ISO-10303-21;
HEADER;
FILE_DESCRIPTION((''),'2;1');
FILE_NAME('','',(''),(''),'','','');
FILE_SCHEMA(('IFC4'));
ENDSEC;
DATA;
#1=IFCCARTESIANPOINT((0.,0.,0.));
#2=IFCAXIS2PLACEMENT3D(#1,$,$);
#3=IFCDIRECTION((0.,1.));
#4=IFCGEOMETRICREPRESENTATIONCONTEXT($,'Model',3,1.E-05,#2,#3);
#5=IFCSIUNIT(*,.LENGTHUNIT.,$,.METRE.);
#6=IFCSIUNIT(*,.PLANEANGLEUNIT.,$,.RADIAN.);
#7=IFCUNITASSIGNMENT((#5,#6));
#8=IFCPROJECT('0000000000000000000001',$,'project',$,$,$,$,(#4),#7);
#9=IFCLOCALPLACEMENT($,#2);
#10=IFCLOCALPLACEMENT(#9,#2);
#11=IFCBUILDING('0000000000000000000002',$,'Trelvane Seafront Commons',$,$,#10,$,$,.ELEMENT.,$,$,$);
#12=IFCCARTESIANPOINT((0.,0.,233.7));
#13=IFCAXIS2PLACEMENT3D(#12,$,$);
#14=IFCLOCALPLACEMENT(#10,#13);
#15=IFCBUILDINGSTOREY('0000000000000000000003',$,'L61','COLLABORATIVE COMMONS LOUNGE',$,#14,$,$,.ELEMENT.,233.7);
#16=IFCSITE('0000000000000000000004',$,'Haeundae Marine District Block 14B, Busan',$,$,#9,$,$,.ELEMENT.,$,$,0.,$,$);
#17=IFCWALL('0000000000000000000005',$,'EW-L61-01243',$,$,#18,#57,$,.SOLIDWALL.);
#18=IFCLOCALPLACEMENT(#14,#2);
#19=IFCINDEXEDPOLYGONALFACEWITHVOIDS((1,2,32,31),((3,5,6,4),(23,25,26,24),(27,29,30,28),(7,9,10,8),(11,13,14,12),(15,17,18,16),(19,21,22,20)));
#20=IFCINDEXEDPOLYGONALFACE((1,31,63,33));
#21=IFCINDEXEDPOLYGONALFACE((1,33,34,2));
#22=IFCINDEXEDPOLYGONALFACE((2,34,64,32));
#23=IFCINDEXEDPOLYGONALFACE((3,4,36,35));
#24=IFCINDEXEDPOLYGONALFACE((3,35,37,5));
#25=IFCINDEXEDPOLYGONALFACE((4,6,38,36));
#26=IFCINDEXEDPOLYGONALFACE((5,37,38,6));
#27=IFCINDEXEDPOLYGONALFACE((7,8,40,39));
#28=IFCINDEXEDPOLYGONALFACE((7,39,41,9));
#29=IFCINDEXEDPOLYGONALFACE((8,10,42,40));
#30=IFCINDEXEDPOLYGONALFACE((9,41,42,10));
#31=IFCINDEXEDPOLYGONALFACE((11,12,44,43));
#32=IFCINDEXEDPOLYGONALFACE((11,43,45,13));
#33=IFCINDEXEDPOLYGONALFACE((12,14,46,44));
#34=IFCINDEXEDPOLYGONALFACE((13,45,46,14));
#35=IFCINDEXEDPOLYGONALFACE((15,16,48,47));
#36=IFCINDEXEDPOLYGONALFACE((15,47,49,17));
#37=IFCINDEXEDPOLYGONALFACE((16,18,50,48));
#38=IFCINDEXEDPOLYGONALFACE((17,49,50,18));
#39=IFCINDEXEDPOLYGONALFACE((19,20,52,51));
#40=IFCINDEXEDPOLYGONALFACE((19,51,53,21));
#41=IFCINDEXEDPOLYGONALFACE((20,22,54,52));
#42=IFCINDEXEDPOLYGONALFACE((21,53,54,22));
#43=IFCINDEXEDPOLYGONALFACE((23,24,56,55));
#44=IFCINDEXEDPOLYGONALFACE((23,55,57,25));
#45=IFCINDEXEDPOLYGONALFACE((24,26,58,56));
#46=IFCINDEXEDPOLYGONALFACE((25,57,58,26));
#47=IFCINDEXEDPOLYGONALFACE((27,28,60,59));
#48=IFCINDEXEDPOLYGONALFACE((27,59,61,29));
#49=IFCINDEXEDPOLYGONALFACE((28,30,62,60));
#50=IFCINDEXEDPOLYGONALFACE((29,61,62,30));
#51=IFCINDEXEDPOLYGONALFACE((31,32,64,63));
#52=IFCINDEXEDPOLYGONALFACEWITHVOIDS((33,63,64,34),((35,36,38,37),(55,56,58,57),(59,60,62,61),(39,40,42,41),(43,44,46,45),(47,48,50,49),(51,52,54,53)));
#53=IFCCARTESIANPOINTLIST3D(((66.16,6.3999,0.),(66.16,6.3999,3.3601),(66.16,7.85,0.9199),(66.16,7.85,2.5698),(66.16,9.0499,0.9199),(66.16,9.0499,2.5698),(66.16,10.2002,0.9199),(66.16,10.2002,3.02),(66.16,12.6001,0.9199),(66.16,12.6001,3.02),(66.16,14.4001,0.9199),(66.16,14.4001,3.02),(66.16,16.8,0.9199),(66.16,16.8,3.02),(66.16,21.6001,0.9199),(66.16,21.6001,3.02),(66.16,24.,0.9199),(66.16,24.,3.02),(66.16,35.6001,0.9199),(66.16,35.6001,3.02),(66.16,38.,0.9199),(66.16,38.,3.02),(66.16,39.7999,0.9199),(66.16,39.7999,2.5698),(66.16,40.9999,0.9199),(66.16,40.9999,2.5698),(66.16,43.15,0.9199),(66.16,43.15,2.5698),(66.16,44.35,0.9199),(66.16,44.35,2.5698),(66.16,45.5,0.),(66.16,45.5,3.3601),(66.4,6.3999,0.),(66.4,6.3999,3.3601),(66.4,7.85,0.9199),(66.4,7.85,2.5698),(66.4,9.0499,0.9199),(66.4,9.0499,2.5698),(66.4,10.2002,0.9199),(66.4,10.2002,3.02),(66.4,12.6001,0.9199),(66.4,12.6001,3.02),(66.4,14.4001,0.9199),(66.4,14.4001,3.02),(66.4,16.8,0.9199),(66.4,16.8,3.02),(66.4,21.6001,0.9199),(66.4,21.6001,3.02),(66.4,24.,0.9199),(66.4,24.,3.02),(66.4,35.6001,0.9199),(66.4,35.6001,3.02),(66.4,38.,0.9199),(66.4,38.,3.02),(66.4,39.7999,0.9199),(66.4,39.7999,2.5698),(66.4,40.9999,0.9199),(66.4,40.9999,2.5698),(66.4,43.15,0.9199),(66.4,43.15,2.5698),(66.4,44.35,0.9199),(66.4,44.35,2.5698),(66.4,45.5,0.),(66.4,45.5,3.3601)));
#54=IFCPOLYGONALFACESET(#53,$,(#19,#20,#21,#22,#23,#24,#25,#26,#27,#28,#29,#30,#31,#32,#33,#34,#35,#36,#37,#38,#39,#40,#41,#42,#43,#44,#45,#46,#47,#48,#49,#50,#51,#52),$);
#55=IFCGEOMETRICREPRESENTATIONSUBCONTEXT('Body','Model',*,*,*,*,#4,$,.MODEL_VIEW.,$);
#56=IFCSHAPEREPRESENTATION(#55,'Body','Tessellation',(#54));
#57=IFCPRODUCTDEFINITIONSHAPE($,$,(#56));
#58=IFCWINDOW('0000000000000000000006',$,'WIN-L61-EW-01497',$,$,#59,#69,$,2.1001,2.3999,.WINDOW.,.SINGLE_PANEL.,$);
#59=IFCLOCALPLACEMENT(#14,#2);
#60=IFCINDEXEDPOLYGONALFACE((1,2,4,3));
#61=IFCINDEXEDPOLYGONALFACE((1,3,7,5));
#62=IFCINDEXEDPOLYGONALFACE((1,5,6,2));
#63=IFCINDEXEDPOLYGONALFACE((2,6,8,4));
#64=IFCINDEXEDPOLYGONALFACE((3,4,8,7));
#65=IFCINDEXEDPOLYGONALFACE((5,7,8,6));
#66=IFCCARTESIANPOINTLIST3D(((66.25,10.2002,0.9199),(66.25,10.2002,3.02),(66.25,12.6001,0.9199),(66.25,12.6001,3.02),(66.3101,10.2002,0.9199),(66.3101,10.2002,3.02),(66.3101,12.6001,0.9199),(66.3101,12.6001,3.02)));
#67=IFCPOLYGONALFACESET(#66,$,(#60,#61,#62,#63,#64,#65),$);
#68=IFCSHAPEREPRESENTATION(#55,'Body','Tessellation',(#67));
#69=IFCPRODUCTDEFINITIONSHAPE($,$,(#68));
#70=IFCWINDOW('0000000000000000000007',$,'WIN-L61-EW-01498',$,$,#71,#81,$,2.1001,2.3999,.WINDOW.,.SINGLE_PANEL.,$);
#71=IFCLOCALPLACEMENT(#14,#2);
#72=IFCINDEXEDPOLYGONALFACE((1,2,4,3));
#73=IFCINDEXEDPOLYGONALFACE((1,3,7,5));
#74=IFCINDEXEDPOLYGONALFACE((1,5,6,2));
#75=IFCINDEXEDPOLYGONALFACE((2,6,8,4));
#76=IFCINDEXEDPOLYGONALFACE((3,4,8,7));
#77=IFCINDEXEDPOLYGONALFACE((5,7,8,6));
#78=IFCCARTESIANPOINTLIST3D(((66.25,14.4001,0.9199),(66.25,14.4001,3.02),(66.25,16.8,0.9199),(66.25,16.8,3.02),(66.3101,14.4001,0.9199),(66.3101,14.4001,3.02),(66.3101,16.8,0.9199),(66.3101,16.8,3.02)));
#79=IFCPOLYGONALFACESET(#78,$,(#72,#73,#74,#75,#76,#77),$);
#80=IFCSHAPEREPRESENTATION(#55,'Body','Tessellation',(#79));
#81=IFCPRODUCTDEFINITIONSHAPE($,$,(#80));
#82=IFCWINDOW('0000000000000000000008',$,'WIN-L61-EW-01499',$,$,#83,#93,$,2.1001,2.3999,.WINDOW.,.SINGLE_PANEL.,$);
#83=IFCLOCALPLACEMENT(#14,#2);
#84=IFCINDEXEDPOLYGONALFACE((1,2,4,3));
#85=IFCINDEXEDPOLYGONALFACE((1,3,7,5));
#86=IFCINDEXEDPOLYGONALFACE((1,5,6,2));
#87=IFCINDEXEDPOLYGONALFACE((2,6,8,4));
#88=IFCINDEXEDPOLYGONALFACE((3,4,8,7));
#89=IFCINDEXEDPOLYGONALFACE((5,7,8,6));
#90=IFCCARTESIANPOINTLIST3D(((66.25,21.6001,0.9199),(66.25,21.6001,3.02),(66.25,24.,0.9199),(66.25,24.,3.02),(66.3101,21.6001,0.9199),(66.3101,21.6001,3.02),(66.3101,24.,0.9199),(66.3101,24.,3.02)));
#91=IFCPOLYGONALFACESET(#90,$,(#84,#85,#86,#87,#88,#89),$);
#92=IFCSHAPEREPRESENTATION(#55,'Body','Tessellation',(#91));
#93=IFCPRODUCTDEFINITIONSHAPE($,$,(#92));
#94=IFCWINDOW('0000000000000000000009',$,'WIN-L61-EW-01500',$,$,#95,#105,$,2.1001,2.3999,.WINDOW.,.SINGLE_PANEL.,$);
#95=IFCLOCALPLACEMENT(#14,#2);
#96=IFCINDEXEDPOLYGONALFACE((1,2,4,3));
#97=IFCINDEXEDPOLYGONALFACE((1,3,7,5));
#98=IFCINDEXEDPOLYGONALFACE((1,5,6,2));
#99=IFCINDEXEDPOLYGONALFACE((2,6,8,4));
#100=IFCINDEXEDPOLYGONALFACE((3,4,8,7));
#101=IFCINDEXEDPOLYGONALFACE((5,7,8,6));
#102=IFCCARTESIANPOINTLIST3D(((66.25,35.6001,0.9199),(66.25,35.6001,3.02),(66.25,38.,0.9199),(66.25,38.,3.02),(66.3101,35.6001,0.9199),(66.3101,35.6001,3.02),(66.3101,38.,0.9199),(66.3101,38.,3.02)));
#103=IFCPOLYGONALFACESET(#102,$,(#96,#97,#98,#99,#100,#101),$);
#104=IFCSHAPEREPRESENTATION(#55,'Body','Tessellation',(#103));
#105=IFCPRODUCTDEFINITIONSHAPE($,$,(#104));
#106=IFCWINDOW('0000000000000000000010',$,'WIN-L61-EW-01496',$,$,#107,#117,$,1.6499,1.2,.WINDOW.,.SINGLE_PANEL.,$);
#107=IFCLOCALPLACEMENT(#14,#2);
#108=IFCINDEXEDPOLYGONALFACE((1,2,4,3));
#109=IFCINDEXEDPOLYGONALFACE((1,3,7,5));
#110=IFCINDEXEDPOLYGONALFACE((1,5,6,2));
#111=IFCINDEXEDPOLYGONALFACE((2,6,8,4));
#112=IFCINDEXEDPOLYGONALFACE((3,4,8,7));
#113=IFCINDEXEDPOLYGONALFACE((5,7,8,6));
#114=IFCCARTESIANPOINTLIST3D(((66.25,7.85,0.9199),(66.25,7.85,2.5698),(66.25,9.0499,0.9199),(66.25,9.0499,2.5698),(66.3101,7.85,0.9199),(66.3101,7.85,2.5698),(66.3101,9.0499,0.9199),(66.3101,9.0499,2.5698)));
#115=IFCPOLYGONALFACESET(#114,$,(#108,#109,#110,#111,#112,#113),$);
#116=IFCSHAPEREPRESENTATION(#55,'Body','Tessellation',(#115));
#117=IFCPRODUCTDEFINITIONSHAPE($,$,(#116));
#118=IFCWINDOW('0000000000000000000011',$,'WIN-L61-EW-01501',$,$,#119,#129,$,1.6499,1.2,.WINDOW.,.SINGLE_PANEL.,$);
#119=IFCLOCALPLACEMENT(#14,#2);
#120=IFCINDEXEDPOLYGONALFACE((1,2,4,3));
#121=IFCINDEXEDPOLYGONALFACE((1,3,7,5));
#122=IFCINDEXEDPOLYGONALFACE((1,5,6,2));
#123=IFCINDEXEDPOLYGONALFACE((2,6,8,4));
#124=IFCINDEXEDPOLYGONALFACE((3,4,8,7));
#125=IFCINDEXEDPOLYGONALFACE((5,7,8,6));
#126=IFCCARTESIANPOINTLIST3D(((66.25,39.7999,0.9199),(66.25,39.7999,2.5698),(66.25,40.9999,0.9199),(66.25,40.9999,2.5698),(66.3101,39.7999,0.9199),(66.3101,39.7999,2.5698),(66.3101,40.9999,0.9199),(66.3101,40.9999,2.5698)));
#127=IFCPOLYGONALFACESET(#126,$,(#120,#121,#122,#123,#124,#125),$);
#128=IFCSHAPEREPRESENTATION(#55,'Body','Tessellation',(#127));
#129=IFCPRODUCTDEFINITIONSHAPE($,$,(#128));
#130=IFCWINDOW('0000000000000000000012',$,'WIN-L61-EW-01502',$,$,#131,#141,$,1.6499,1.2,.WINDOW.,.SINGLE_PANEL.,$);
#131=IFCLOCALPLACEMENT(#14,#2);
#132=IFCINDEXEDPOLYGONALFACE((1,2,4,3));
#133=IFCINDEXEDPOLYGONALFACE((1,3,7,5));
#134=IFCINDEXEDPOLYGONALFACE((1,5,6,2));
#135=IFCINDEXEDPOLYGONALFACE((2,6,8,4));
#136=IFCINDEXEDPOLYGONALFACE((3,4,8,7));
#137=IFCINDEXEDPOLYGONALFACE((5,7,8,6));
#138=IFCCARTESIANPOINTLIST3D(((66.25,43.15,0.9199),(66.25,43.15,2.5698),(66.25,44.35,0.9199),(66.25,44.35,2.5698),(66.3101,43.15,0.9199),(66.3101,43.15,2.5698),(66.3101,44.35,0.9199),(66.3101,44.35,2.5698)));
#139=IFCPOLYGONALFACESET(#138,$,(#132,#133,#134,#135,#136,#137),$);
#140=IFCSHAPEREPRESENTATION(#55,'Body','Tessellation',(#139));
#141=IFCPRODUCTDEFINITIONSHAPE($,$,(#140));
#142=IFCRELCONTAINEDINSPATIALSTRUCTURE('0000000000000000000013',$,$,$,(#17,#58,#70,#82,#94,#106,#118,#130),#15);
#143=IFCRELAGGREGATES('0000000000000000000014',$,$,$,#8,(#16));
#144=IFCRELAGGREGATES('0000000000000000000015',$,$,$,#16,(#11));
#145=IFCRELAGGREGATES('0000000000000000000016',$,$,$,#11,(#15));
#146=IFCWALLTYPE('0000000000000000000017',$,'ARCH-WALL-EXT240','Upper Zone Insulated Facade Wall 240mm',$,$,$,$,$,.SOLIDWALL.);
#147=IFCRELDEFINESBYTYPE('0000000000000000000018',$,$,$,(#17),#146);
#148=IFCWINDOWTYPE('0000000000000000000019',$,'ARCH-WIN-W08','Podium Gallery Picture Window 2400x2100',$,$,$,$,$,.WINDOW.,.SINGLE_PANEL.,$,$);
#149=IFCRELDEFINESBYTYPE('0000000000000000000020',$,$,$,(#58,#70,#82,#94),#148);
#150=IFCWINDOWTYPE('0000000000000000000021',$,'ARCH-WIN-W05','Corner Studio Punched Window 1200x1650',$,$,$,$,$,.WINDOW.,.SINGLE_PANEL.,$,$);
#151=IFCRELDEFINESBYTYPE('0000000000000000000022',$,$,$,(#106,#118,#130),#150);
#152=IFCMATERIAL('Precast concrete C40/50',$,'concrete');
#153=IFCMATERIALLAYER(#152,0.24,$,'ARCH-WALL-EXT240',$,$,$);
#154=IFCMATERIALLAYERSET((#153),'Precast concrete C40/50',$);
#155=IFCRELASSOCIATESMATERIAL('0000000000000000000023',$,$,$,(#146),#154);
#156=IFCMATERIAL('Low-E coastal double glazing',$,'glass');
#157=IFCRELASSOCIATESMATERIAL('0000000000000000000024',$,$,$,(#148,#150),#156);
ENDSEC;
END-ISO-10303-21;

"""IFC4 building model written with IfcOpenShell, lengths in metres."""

from ifc_helpers import new_model, si_unit, direction, frame, frame_2d, origin, place, context, subcontext, project, spatial, rectangle, extrude, source, transform, mapped, material, layer, layer_set, type_object, element, fill, save


model = new_model("IFC4")

# Units and contexts
model_context = context("Model", 3, precision=1e-05, world=origin(), true_north=direction((0.0, 1.0)))
body_context = subcontext(model_context, "Body", "Model", "MODEL_VIEW")
ifc_project = project(units=[si_unit("LENGTHUNIT", "METRE"), si_unit("PLANEANGLEUNIT", "RADIAN")], contexts=[model_context])

# Site, building, storey
site_placement = place(None, origin())
site = spatial("IfcSite", under=ifc_project, at=site_placement, Name="Haeundae Marine District Block 14B, Busan", CompositionType="ELEMENT", RefElevation=0.0)
building_placement = place(site_placement, origin())
building = spatial("IfcBuilding", under=site, at=building_placement, Name="Trelvane Seafront Commons", CompositionType="ELEMENT")
storey_placement = place(building_placement, frame((0.0, 0.0, 233.7)))
storey = spatial("IfcBuildingStorey", under=building, at=storey_placement, Name="L61", Description="COLLABORATIVE COMMONS LOUNGE", CompositionType="ELEMENT", Elevation=233.7)

# Shared definitions
ifc_material_1 = material(Name="Low-E coastal double glazing", Category="glass")

# Shared definitions
ifc_material_2 = material(Name="Precast concrete C40/50", Category="concrete")
ifc_layer_1 = layer(ifc_material_2, 0.24, Name="ARCH-WALL-EXT240")
ifc_layer_set_1 = layer_set([ifc_layer_1], Name="Precast concrete C40/50")
wall_type = type_object("IfcWallType", Name="ARCH-WALL-EXT240", Description="Upper Zone Insulated Facade Wall 240mm", PredefinedType="SOLIDWALL", material=ifc_layer_set_1)

# Wall, openings, windows
wall_1_placement = place(storey_placement, frame((66.28, 45.5, 0.0), z_axis=(0.0, 0.0, 1.0), x_axis=(0.0, -1.0, 0.0)))
wall_1 = element("IfcWall", 1, at=wall_1_placement, inside=storey, type_object=wall_type, Name="EW-L61-01243", PredefinedType="SOLIDWALL", context=body_context, shape_type="SweptSolid", body=[
    extrude(rectangle(XDim=39.1001, YDim=0.24, at=frame_2d((19.55, 0.0))), origin(), (0.0, 0.0, 1.0), 3.3601),
])
opening_1_placement = place(wall_1_placement, frame((36.45, 0.0, 0.9199)))
opening_1 = element("IfcOpeningElement", 2, at=opening_1_placement, cuts=wall_1, PredefinedType="OPENING", context=body_context, shape_type="SweptSolid", body=[
    extrude(rectangle(XDim=1.2, YDim=1.6499, at=frame_2d((0.6001, 0.825))), frame((0.0, 0.1299, 0.0), z_axis=(0.0, -1.0, 0.0), x_axis=(1.0, 0.0, 0.0)), (0.0, 0.0, 1.0), 0.26),
])
opening_2_placement = place(wall_1_placement, frame((32.8999, 0.0, 0.9199)))
opening_2 = element("IfcOpeningElement", 3, at=opening_2_placement, cuts=wall_1, PredefinedType="OPENING", context=body_context, shape_type="SweptSolid", body=[
    extrude(rectangle(XDim=2.3999, YDim=2.1001, at=frame_2d((1.2, 1.05))), frame((0.0, 0.1299, 0.0), z_axis=(0.0, -1.0, 0.0), x_axis=(1.0, 0.0, 0.0)), (0.0, 0.0, 1.0), 0.26),
])
opening_3_placement = place(wall_1_placement, frame((28.7, 0.0, 0.9199)))
opening_3 = element("IfcOpeningElement", 4, at=opening_3_placement, cuts=wall_1, PredefinedType="OPENING", context=body_context, shape_type="SweptSolid", body=[
    extrude(rectangle(XDim=2.3999, YDim=2.1001, at=frame_2d((1.2, 1.05))), frame((0.0, 0.1299, 0.0), z_axis=(0.0, -1.0, 0.0), x_axis=(1.0, 0.0, 0.0)), (0.0, 0.0, 1.0), 0.26),
])
opening_4_placement = place(wall_1_placement, frame((21.5, 0.0, 0.9199)))
opening_4 = element("IfcOpeningElement", 5, at=opening_4_placement, cuts=wall_1, PredefinedType="OPENING", context=body_context, shape_type="SweptSolid", body=[
    extrude(rectangle(XDim=2.3999, YDim=2.1001, at=frame_2d((1.2, 1.05))), frame((0.0, 0.1299, 0.0), z_axis=(0.0, -1.0, 0.0), x_axis=(1.0, 0.0, 0.0)), (0.0, 0.0, 1.0), 0.26),
])
opening_5_placement = place(wall_1_placement, frame((7.5, 0.0, 0.9199)))
opening_5 = element("IfcOpeningElement", 6, at=opening_5_placement, cuts=wall_1, PredefinedType="OPENING", context=body_context, shape_type="SweptSolid", body=[
    extrude(rectangle(XDim=2.3999, YDim=2.1001, at=frame_2d((1.2, 1.05))), frame((0.0, 0.1299, 0.0), z_axis=(0.0, -1.0, 0.0), x_axis=(1.0, 0.0, 0.0)), (0.0, 0.0, 1.0), 0.26),
])
opening_6_placement = place(wall_1_placement, frame((4.5, 0.0, 0.9199)))
opening_6 = element("IfcOpeningElement", 7, at=opening_6_placement, cuts=wall_1, PredefinedType="OPENING", context=body_context, shape_type="SweptSolid", body=[
    extrude(rectangle(XDim=1.2, YDim=1.6499, at=frame_2d((0.6001, 0.825))), frame((0.0, 0.1299, 0.0), z_axis=(0.0, -1.0, 0.0), x_axis=(1.0, 0.0, 0.0)), (0.0, 0.0, 1.0), 0.26),
])
opening_7_placement = place(wall_1_placement, frame((1.1499, 0.0, 0.9199)))
opening_7 = element("IfcOpeningElement", 8, at=opening_7_placement, cuts=wall_1, PredefinedType="OPENING", context=body_context, shape_type="SweptSolid", body=[
    extrude(rectangle(XDim=1.2, YDim=1.6499, at=frame_2d((0.6001, 0.825))), frame((0.0, 0.1299, 0.0), z_axis=(0.0, -1.0, 0.0), x_axis=(1.0, 0.0, 0.0)), (0.0, 0.0, 1.0), 0.26),
])
window_type_1 = type_object("IfcWindowType", Name="ARCH-WIN-W08", Description="Podium Gallery Picture Window 2400x2100", PartitioningType="SINGLE_PANEL", PredefinedType="WINDOW", material=ifc_material_1)
shared_shape_1 = source(origin(), body_context, "Body", "SweptSolid", [
    extrude(rectangle(XDim=2.3999, YDim=2.1001, at=frame_2d((1.2, 1.05))), frame((0.0, 0.03, 0.0), z_axis=(0.0, -1.0, 0.0), x_axis=(1.0, 0.0, 0.0)), (0.0, 0.0, 1.0), 0.0601),
])
window_1_placement = place(opening_2_placement, origin())
window_1 = element("IfcWindow", 9, at=window_1_placement, inside=storey, type_object=window_type_1, Name="WIN-L61-EW-01497", OverallHeight=2.1001, OverallWidth=2.3999, PartitioningType="SINGLE_PANEL", PredefinedType="WINDOW", context=body_context, shape_type="MappedRepresentation", body=[
    mapped(shared_shape_1, transform((0.0, 0.0, 0.0), x_axis=(1.0, 0.0, 0.0), y_axis=(0.0, 1.0, 0.0), z_axis=(0.0, 0.0, 1.0), scale=1.0)),
])
fill(opening_2, window_1)
window_2_placement = place(opening_3_placement, origin())
window_2 = element("IfcWindow", 10, at=window_2_placement, inside=storey, type_object=window_type_1, Name="WIN-L61-EW-01498", OverallHeight=2.1001, OverallWidth=2.3999, PartitioningType="SINGLE_PANEL", PredefinedType="WINDOW", context=body_context, shape_type="MappedRepresentation", body=[
    mapped(shared_shape_1, transform((0.0, 0.0, 0.0), x_axis=(1.0, 0.0, 0.0), y_axis=(0.0, 1.0, 0.0), z_axis=(0.0, 0.0, 1.0), scale=1.0)),
])
fill(opening_3, window_2)
window_3_placement = place(opening_4_placement, origin())
window_3 = element("IfcWindow", 11, at=window_3_placement, inside=storey, type_object=window_type_1, Name="WIN-L61-EW-01499", OverallHeight=2.1001, OverallWidth=2.3999, PartitioningType="SINGLE_PANEL", PredefinedType="WINDOW", context=body_context, shape_type="MappedRepresentation", body=[
    mapped(shared_shape_1, transform((0.0, 0.0, 0.0), x_axis=(1.0, 0.0, 0.0), y_axis=(0.0, 1.0, 0.0), z_axis=(0.0, 0.0, 1.0), scale=1.0)),
])
fill(opening_4, window_3)
window_4_placement = place(opening_5_placement, origin())
window_4 = element("IfcWindow", 12, at=window_4_placement, inside=storey, type_object=window_type_1, Name="WIN-L61-EW-01500", OverallHeight=2.1001, OverallWidth=2.3999, PartitioningType="SINGLE_PANEL", PredefinedType="WINDOW", context=body_context, shape_type="MappedRepresentation", body=[
    mapped(shared_shape_1, transform((0.0, 0.0, 0.0), x_axis=(1.0, 0.0, 0.0), y_axis=(0.0, 1.0, 0.0), z_axis=(0.0, 0.0, 1.0), scale=1.0)),
])
fill(opening_5, window_4)
window_type_2 = type_object("IfcWindowType", Name="ARCH-WIN-W05", Description="Corner Studio Punched Window 1200x1650", PartitioningType="SINGLE_PANEL", PredefinedType="WINDOW", material=ifc_material_1)
shared_shape_2 = source(origin(), body_context, "Body", "SweptSolid", [
    extrude(rectangle(XDim=1.2, YDim=1.6499, at=frame_2d((0.6001, 0.825))), frame((0.0, 0.03, 0.0), z_axis=(0.0, -1.0, 0.0), x_axis=(1.0, 0.0, 0.0)), (0.0, 0.0, 1.0), 0.0601),
])
window_5_placement = place(opening_1_placement, origin())
window_5 = element("IfcWindow", 13, at=window_5_placement, inside=storey, type_object=window_type_2, Name="WIN-L61-EW-01496", OverallHeight=1.6499, OverallWidth=1.2, PartitioningType="SINGLE_PANEL", PredefinedType="WINDOW", context=body_context, shape_type="MappedRepresentation", body=[
    mapped(shared_shape_2, transform((0.0, 0.0, 0.0), x_axis=(1.0, 0.0, 0.0), y_axis=(0.0, 1.0, 0.0), z_axis=(0.0, 0.0, 1.0), scale=1.0)),
])
fill(opening_1, window_5)
window_6_placement = place(opening_6_placement, origin())
window_6 = element("IfcWindow", 14, at=window_6_placement, inside=storey, type_object=window_type_2, Name="WIN-L61-EW-01501", OverallHeight=1.6499, OverallWidth=1.2, PartitioningType="SINGLE_PANEL", PredefinedType="WINDOW", context=body_context, shape_type="MappedRepresentation", body=[
    mapped(shared_shape_2, transform((0.0, 0.0, 0.0), x_axis=(1.0, 0.0, 0.0), y_axis=(0.0, 1.0, 0.0), z_axis=(0.0, 0.0, 1.0), scale=1.0)),
])
fill(opening_6, window_6)
window_7_placement = place(opening_7_placement, origin())
window_7 = element("IfcWindow", 15, at=window_7_placement, inside=storey, type_object=window_type_2, Name="WIN-L61-EW-01502", OverallHeight=1.6499, OverallWidth=1.2, PartitioningType="SINGLE_PANEL", PredefinedType="WINDOW", context=body_context, shape_type="MappedRepresentation", body=[
    mapped(shared_shape_2, transform((0.0, 0.0, 0.0), x_axis=(1.0, 0.0, 0.0), y_axis=(0.0, 1.0, 0.0), z_axis=(0.0, 0.0, 1.0), scale=1.0)),
])
fill(opening_7, window_7)

save(model, "model.ifc")
